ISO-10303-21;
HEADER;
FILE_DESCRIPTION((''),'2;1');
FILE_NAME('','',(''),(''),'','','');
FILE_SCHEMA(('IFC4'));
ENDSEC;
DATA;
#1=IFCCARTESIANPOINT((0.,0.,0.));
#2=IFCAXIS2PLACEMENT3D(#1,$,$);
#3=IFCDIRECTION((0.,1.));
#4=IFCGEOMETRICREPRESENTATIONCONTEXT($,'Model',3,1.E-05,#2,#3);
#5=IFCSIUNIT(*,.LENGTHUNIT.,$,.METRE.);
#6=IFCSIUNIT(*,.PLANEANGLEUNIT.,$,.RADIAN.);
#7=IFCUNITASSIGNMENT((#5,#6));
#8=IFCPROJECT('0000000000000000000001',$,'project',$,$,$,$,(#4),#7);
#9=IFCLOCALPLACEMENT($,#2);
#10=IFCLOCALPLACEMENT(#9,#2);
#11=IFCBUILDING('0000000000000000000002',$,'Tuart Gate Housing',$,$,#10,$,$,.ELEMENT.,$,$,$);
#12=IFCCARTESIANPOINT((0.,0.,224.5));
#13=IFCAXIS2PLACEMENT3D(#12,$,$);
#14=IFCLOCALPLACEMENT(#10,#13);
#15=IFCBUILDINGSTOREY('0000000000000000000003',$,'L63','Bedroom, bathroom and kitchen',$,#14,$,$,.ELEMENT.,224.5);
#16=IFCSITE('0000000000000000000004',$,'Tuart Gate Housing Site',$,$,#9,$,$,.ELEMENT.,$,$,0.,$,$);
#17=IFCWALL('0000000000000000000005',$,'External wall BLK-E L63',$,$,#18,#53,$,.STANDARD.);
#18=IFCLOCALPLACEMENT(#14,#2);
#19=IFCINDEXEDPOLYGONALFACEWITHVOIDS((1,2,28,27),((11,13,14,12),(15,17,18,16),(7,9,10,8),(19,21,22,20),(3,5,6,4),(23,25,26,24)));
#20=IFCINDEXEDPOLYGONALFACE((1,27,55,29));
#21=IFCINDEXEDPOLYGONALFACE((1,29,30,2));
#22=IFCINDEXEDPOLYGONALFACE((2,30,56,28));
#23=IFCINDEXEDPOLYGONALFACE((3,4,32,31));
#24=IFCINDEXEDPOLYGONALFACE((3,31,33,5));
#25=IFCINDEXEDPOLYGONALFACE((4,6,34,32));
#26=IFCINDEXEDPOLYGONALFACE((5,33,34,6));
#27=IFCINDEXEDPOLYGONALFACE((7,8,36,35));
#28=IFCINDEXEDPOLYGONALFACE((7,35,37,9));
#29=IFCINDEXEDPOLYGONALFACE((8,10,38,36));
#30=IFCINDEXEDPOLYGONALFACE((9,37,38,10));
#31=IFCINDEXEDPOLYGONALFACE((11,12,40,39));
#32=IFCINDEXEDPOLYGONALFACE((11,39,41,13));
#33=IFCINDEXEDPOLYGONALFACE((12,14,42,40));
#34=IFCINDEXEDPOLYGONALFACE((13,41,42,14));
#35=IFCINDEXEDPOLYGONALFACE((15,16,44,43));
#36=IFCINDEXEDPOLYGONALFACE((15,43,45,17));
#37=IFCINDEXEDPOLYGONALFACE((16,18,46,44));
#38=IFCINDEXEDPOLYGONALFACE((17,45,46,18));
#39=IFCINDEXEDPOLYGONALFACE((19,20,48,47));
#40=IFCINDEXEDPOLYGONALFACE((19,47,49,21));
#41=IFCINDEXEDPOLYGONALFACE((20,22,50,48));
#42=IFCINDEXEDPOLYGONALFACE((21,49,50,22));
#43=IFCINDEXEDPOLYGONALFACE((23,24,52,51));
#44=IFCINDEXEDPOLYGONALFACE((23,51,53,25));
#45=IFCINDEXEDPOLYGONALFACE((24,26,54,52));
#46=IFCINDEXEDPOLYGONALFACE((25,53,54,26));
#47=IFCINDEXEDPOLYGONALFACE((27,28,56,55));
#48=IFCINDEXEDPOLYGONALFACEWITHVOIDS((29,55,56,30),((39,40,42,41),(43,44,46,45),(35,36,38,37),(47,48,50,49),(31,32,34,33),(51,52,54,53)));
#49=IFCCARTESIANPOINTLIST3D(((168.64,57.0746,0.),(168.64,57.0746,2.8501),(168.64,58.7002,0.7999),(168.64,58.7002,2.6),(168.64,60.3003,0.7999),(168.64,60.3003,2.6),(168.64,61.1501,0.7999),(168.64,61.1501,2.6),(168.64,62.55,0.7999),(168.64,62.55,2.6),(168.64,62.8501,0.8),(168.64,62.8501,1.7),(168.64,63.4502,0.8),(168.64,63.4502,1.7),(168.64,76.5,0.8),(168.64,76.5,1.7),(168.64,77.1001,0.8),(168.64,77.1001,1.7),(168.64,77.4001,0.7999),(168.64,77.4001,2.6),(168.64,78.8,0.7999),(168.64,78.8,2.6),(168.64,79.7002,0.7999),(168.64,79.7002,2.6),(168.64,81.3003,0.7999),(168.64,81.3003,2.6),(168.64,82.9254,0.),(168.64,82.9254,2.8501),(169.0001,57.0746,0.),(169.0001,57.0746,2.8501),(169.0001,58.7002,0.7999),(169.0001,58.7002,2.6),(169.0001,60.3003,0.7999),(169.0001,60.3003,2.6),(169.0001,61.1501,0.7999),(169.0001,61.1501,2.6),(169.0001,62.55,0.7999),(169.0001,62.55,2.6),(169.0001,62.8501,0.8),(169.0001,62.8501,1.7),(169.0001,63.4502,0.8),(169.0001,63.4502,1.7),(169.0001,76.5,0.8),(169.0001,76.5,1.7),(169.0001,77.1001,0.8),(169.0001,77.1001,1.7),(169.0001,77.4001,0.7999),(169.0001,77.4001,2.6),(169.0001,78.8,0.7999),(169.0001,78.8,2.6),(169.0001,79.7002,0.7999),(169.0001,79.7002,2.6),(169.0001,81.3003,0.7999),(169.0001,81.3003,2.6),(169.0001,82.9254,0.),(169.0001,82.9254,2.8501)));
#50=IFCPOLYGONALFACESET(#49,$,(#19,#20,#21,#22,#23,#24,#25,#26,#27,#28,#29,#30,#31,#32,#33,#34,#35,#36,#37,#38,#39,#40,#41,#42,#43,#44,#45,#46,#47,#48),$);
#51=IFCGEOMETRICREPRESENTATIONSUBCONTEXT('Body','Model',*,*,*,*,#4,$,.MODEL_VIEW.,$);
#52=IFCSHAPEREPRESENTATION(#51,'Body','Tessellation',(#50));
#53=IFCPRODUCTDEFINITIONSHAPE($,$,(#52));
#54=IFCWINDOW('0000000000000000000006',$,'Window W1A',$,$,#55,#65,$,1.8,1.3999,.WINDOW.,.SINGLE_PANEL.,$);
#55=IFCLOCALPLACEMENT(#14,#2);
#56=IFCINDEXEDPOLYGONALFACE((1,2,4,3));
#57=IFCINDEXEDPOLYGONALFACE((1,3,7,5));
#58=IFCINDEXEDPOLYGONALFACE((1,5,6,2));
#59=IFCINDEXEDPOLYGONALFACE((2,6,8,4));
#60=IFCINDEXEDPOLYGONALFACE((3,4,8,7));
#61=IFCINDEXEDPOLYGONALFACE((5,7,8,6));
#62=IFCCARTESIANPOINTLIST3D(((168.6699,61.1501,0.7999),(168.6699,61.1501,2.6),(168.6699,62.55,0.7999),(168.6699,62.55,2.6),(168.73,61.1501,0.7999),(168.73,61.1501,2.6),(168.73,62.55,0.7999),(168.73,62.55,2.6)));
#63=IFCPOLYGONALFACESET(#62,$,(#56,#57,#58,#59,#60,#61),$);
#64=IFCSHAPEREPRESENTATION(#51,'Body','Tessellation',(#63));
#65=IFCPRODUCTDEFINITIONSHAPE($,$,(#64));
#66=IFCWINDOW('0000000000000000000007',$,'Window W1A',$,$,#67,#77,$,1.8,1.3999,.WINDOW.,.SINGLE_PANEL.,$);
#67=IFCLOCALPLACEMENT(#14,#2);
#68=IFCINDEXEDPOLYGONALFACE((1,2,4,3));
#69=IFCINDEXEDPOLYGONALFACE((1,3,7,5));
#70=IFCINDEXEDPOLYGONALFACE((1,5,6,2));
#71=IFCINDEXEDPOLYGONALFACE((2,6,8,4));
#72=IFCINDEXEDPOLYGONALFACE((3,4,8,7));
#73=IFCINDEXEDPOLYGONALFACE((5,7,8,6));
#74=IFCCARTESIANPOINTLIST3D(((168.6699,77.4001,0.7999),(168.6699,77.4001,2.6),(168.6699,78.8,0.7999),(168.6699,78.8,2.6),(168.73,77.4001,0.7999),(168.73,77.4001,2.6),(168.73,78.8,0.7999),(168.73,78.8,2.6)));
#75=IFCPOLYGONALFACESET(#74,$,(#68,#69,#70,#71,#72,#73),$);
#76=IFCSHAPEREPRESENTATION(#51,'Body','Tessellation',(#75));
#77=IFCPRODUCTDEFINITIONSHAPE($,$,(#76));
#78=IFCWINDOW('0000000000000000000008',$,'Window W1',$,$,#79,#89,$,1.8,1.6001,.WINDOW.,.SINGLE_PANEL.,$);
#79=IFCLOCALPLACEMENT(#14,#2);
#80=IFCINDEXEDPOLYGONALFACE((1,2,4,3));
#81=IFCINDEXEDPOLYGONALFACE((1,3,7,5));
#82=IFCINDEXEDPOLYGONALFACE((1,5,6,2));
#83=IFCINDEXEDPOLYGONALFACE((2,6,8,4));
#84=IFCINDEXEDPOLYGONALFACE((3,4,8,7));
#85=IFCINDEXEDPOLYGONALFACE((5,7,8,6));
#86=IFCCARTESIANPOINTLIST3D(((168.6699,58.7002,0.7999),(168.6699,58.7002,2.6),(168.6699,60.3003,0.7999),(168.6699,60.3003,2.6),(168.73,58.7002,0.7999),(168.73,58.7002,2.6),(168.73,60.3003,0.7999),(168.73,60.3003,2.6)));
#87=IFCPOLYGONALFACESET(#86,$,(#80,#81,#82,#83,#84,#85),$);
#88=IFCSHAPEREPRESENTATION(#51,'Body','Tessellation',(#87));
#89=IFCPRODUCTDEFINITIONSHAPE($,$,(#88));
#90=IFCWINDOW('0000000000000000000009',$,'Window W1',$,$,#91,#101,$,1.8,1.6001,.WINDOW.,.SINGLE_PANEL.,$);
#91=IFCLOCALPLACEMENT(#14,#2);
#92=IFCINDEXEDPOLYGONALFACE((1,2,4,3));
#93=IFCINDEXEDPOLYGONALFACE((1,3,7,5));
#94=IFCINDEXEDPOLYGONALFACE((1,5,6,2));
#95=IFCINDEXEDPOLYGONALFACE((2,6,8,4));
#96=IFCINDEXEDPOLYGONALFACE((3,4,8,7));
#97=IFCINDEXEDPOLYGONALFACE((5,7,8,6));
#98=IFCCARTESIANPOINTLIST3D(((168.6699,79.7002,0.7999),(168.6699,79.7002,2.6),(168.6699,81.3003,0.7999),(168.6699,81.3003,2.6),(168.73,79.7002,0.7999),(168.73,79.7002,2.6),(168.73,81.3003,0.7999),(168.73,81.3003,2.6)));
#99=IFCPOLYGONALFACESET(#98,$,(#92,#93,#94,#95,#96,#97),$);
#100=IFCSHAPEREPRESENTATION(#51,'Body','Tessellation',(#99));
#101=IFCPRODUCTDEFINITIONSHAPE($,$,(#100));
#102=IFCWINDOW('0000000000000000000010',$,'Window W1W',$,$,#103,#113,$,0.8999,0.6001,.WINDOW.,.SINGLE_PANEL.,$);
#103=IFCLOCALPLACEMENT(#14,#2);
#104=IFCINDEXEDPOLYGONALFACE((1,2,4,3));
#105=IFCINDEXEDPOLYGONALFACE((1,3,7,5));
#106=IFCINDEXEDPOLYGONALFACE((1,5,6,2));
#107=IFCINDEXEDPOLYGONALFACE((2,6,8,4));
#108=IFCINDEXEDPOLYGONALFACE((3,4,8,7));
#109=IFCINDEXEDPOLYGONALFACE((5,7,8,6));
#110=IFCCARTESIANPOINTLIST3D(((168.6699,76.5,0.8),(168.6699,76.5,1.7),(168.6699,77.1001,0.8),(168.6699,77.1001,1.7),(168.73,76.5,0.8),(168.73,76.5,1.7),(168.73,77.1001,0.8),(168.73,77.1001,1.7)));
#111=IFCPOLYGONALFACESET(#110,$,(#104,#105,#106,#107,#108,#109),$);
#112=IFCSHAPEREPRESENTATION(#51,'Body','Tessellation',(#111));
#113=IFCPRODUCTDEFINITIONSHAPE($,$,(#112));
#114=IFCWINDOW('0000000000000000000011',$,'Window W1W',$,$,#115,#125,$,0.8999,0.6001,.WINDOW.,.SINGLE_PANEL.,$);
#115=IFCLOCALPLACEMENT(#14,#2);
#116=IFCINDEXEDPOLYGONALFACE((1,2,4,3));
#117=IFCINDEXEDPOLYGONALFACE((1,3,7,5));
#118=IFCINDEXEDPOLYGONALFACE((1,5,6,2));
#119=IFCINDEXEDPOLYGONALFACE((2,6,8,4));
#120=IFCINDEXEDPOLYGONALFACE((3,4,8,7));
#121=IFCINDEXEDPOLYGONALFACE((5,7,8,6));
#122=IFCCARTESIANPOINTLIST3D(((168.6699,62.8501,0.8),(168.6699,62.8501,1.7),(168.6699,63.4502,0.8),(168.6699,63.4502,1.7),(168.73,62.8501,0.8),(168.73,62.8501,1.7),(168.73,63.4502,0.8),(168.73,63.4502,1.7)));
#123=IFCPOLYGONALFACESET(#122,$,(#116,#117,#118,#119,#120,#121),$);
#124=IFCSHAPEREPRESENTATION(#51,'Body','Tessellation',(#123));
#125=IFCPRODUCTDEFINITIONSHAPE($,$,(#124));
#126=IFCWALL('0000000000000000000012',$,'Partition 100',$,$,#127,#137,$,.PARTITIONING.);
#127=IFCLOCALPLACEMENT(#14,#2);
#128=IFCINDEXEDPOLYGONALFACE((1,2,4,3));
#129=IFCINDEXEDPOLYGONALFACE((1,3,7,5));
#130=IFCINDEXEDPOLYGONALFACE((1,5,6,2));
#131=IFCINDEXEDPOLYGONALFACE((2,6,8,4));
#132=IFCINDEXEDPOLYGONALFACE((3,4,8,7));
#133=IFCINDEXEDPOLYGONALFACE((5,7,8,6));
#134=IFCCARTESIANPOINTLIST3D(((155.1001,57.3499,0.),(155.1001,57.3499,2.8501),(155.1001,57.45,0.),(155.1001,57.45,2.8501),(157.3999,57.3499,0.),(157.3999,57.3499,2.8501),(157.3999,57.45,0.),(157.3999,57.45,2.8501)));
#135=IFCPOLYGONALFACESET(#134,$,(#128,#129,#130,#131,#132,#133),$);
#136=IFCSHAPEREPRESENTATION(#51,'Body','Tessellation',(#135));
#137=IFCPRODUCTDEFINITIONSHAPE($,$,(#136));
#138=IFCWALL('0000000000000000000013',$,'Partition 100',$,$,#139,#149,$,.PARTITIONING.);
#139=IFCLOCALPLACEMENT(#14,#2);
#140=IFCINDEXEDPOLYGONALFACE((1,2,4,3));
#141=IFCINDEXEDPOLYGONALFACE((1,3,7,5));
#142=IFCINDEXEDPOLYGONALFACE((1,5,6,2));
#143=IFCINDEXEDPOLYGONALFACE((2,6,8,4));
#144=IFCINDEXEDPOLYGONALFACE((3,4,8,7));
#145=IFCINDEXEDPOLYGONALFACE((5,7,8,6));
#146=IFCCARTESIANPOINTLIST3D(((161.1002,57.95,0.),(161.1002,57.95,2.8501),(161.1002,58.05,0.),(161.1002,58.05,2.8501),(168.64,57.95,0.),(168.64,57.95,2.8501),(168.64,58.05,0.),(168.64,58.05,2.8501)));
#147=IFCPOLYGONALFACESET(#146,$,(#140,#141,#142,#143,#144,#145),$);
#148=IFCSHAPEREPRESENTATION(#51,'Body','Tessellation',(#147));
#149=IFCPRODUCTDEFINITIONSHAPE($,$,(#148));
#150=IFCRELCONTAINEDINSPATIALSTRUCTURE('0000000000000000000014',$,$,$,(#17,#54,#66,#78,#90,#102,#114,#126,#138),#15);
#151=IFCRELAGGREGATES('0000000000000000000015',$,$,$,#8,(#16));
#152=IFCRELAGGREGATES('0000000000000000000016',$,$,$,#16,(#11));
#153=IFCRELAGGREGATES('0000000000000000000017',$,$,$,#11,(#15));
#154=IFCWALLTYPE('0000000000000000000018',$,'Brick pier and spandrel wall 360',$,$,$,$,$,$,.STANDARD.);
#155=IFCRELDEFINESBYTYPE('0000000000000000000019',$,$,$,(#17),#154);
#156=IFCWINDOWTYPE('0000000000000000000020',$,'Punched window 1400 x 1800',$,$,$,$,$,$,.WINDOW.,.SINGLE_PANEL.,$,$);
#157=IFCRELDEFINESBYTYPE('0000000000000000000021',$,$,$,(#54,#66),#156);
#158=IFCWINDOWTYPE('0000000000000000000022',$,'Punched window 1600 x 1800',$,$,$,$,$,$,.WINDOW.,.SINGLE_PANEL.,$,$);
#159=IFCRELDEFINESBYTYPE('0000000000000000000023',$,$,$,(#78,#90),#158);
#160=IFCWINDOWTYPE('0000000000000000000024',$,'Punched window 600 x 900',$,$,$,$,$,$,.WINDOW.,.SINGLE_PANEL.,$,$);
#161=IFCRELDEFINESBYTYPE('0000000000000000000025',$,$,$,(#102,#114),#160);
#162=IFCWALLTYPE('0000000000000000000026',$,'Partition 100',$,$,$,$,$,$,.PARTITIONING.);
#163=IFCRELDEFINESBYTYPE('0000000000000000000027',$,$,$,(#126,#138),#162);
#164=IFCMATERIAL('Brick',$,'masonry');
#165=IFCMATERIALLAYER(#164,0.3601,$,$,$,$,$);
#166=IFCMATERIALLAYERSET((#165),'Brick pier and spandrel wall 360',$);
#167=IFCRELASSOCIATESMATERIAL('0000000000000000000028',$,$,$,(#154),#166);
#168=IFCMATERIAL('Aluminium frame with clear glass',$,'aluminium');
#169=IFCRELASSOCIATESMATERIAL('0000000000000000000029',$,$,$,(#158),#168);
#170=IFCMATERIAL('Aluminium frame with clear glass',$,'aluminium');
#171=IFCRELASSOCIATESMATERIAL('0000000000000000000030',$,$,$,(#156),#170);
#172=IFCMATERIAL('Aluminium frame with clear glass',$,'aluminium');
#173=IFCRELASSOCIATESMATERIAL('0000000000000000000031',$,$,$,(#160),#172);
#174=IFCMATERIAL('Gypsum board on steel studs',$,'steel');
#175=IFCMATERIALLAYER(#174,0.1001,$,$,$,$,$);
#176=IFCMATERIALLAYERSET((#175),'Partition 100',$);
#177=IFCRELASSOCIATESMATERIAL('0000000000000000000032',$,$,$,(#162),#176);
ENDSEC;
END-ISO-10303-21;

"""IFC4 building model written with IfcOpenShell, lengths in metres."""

from ifc_helpers import new_model, si_unit, direction, frame, frame_2d, origin, place, context, subcontext, project, spatial, rectangle, extrude, material, layer, layer_set, type_object, element, fill, save


model = new_model("IFC4")

# Units and contexts
model_context = context("Model", 3, precision=1e-05, world=origin(), true_north=direction((0.0, 1.0)))
body_context = subcontext(model_context, "Body", "Model", "MODEL_VIEW")
ifc_project = project(units=[si_unit("LENGTHUNIT", "METRE"), si_unit("PLANEANGLEUNIT", "RADIAN")], contexts=[model_context])

# Site, building, storey
site_placement = place(None, origin())
site = spatial("IfcSite", under=ifc_project, at=site_placement, Name="Tuart Gate Housing Site", CompositionType="ELEMENT", RefElevation=0.0)
building_placement = place(site_placement, origin())
building = spatial("IfcBuilding", under=site, at=building_placement, Name="Tuart Gate Housing", CompositionType="ELEMENT")
storey_placement = place(building_placement, frame((0.0, 0.0, 224.5)))
storey = spatial("IfcBuildingStorey", under=building, at=storey_placement, Name="L63", Description="Bedroom, bathroom and kitchen", CompositionType="ELEMENT", Elevation=224.5)

# Shared definitions
ifc_material_1 = material(Name="Brick", Category="masonry")
ifc_layer_1 = layer(ifc_material_1, 0.3601)
ifc_layer_set_1 = layer_set([ifc_layer_1], Name="Brick pier and spandrel wall 360")
wall_type_1 = type_object("IfcWallType", Name="Brick pier and spandrel wall 360", PredefinedType="STANDARD", material=ifc_layer_set_1)
ifc_material_2 = material(Name="Aluminium frame with clear glass", Category="aluminium")
window_type_1 = type_object("IfcWindowType", Name="Punched window 1600 x 1800", PartitioningType="SINGLE_PANEL", PredefinedType="WINDOW", material=ifc_material_2)

# Wall, openings, windows
wall_1_placement = place(storey_placement, frame((168.8201, 57.0747, 0.0), z_axis=(0.0, 0.0, 1.0), x_axis=(0.0, 1.0, 0.0)))
wall_1 = element("IfcWall", 1, at=wall_1_placement, inside=storey, type_object=wall_type_1, Name="External wall BLK-E L63", PredefinedType="STANDARD", context=body_context, shape_type="SweptSolid", body=[
    extrude(rectangle(XDim=25.8508, YDim=0.3601, at=frame_2d((12.9253, 0.0))), origin(), (0.0, 0.0, 1.0), 2.8501),
])
opening_1_placement = place(wall_1_placement, frame((1.6255, 0.0, 0.8)))
opening_1 = element("IfcOpeningElement", 2, at=opening_1_placement, cuts=wall_1, PredefinedType="OPENING", context=body_context, shape_type="SweptSolid", body=[
    extrude(rectangle(XDim=1.6001, YDim=1.8, at=frame_2d((0.8, 0.8999))), frame((0.0, 0.1899, 0.0), z_axis=(0.0, -1.0, 0.0), x_axis=(1.0, 0.0, 0.0)), (0.0, 0.0, 1.0), 0.3801),
])
opening_2_placement = place(wall_1_placement, frame((4.0754, 0.0, 0.8)))
opening_2 = element("IfcOpeningElement", 3, at=opening_2_placement, cuts=wall_1, PredefinedType="OPENING", context=body_context, shape_type="SweptSolid", body=[
    extrude(rectangle(XDim=1.3999, YDim=1.8, at=frame_2d((0.7, 0.8999))), frame((0.0, 0.1899, 0.0), z_axis=(0.0, -1.0, 0.0), x_axis=(1.0, 0.0, 0.0)), (0.0, 0.0, 1.0), 0.3801),
])
opening_3_placement = place(wall_1_placement, frame((19.4253, 0.0, 0.8)))
opening_3 = element("IfcOpeningElement", 4, at=opening_3_placement, cuts=wall_1, PredefinedType="OPENING", context=body_context, shape_type="SweptSolid", body=[
    extrude(rectangle(XDim=0.6001, YDim=0.8999, at=frame_2d((0.3, 0.45))), frame((0.0, 0.1899, 0.0), z_axis=(0.0, -1.0, 0.0), x_axis=(1.0, 0.0, 0.0)), (0.0, 0.0, 1.0), 0.3801),
])
opening_4_placement = place(wall_1_placement, frame((22.6255, 0.0, 0.8)))
opening_4 = element("IfcOpeningElement", 5, at=opening_4_placement, cuts=wall_1, PredefinedType="OPENING", context=body_context, shape_type="SweptSolid", body=[
    extrude(rectangle(XDim=1.6001, YDim=1.8, at=frame_2d((0.8, 0.8999))), frame((0.0, 0.1899, 0.0), z_axis=(0.0, -1.0, 0.0), x_axis=(1.0, 0.0, 0.0)), (0.0, 0.0, 1.0), 0.3801),
])
opening_5_placement = place(wall_1_placement, frame((5.7754, 0.0, 0.8)))
opening_5 = element("IfcOpeningElement", 6, at=opening_5_placement, cuts=wall_1, PredefinedType="OPENING", context=body_context, shape_type="SweptSolid", body=[
    extrude(rectangle(XDim=0.6001, YDim=0.8999, at=frame_2d((0.3, 0.45))), frame((0.0, 0.1899, 0.0), z_axis=(0.0, -1.0, 0.0), x_axis=(1.0, 0.0, 0.0)), (0.0, 0.0, 1.0), 0.3801),
])
opening_6_placement = place(wall_1_placement, frame((20.3254, 0.0, 0.8)))
opening_6 = element("IfcOpeningElement", 7, at=opening_6_placement, cuts=wall_1, PredefinedType="OPENING", context=body_context, shape_type="SweptSolid", body=[
    extrude(rectangle(XDim=1.3999, YDim=1.8, at=frame_2d((0.7, 0.8999))), frame((0.0, 0.1899, 0.0), z_axis=(0.0, -1.0, 0.0), x_axis=(1.0, 0.0, 0.0)), (0.0, 0.0, 1.0), 0.3801),
])
ifc_material_3 = material(Name="Aluminium frame with clear glass", Category="aluminium")
window_type_2 = type_object("IfcWindowType", Name="Punched window 1400 x 1800", PartitioningType="SINGLE_PANEL", PredefinedType="WINDOW", material=ifc_material_3)
window_1_placement = place(opening_2_placement, origin())
window_1 = element("IfcWindow", 8, at=window_1_placement, inside=storey, type_object=window_type_2, Name="Window W1A", OverallHeight=1.8, OverallWidth=1.3999, PartitioningType="SINGLE_PANEL", PredefinedType="WINDOW", context=body_context, shape_type="SweptSolid", body=[
    extrude(rectangle(XDim=1.3999, YDim=1.8, at=frame_2d((0.7, 0.8999))), frame((0.0, 0.1501, 0.0), z_axis=(0.0, -1.0, 0.0), x_axis=(1.0, 0.0, 0.0)), (0.0, 0.0, 1.0), 0.0601),
])
fill(opening_2, window_1)
window_2_placement = place(opening_6_placement, origin())
window_2 = element("IfcWindow", 9, at=window_2_placement, inside=storey, type_object=window_type_2, Name="Window W1A", OverallHeight=1.8, OverallWidth=1.3999, PartitioningType="SINGLE_PANEL", PredefinedType="WINDOW", context=body_context, shape_type="SweptSolid", body=[
    extrude(rectangle(XDim=1.3999, YDim=1.8, at=frame_2d((0.7, 0.8999))), frame((0.0, 0.1501, 0.0), z_axis=(0.0, -1.0, 0.0), x_axis=(1.0, 0.0, 0.0)), (0.0, 0.0, 1.0), 0.0601),
])
fill(opening_6, window_2)
window_3_placement = place(opening_1_placement, origin())
window_3 = element("IfcWindow", 10, at=window_3_placement, inside=storey, type_object=window_type_1, Name="Window W1", OverallHeight=1.8, OverallWidth=1.6001, PartitioningType="SINGLE_PANEL", PredefinedType="WINDOW", context=body_context, shape_type="SweptSolid", body=[
    extrude(rectangle(XDim=1.6001, YDim=1.8, at=frame_2d((0.8, 0.8999))), frame((0.0, 0.1501, 0.0), z_axis=(0.0, -1.0, 0.0), x_axis=(1.0, 0.0, 0.0)), (0.0, 0.0, 1.0), 0.0601),
])
fill(opening_1, window_3)
window_4_placement = place(opening_4_placement, origin())
window_4 = element("IfcWindow", 11, at=window_4_placement, inside=storey, type_object=window_type_1, Name="Window W1", OverallHeight=1.8, OverallWidth=1.6001, PartitioningType="SINGLE_PANEL", PredefinedType="WINDOW", context=body_context, shape_type="SweptSolid", body=[
    extrude(rectangle(XDim=1.6001, YDim=1.8, at=frame_2d((0.8, 0.8999))), frame((0.0, 0.1501, 0.0), z_axis=(0.0, -1.0, 0.0), x_axis=(1.0, 0.0, 0.0)), (0.0, 0.0, 1.0), 0.0601),
])
fill(opening_4, window_4)
ifc_material_4 = material(Name="Aluminium frame with clear glass", Category="aluminium")
window_type_3 = type_object("IfcWindowType", Name="Punched window 600 x 900", PartitioningType="SINGLE_PANEL", PredefinedType="WINDOW", material=ifc_material_4)
window_5_placement = place(opening_3_placement, origin())
window_5 = element("IfcWindow", 12, at=window_5_placement, inside=storey, type_object=window_type_3, Name="Window W1W", OverallHeight=0.8999, OverallWidth=0.6001, PartitioningType="SINGLE_PANEL", PredefinedType="WINDOW", context=body_context, shape_type="SweptSolid", body=[
    extrude(rectangle(XDim=0.6001, YDim=0.8999, at=frame_2d((0.3, 0.45))), frame((0.0, 0.1501, 0.0), z_axis=(0.0, -1.0, 0.0), x_axis=(1.0, 0.0, 0.0)), (0.0, 0.0, 1.0), 0.0601),
])
fill(opening_3, window_5)
window_6_placement = place(opening_5_placement, origin())
window_6 = element("IfcWindow", 13, at=window_6_placement, inside=storey, type_object=window_type_3, Name="Window W1W", OverallHeight=0.8999, OverallWidth=0.6001, PartitioningType="SINGLE_PANEL", PredefinedType="WINDOW", context=body_context, shape_type="SweptSolid", body=[
    extrude(rectangle(XDim=0.6001, YDim=0.8999, at=frame_2d((0.3, 0.45))), frame((0.0, 0.1501, 0.0), z_axis=(0.0, -1.0, 0.0), x_axis=(1.0, 0.0, 0.0)), (0.0, 0.0, 1.0), 0.0601),
])
fill(opening_5, window_6)

# Walls
ifc_material_5 = material(Name="Gypsum board on steel studs", Category="steel")
ifc_layer_2 = layer(ifc_material_5, 0.1001)
ifc_layer_set_2 = layer_set([ifc_layer_2], Name="Partition 100")
wall_type_2 = type_object("IfcWallType", Name="Partition 100", PredefinedType="PARTITIONING", material=ifc_layer_set_2)
wall_2_placement = place(storey_placement, frame((155.1001, 57.3999, 0.0), z_axis=(0.0, 0.0, 1.0), x_axis=(1.0, 0.0, 0.0)))
element("IfcWall", 14, at=wall_2_placement, inside=storey, type_object=wall_type_2, Name="Partition 100", PredefinedType="PARTITIONING", context=body_context, shape_type="SweptSolid", body=[
    extrude(rectangle(XDim=2.2998, YDim=0.1001, at=frame_2d((1.1499, 0.0))), origin(), (0.0, 0.0, 1.0), 2.8501),
])
wall_3_placement = place(storey_placement, frame((161.1001, 58.0, 0.0), z_axis=(0.0, 0.0, 1.0), x_axis=(1.0, 0.0, 0.0)))
element("IfcWall", 15, at=wall_3_placement, inside=storey, type_object=wall_type_2, Name="Partition 100", PredefinedType="PARTITIONING", context=body_context, shape_type="SweptSolid", body=[
    extrude(rectangle(XDim=7.5398, YDim=0.1001, at=frame_2d((3.77, 0.0))), origin(), (0.0, 0.0, 1.0), 2.8501),
])

save(model, "model.ifc")
